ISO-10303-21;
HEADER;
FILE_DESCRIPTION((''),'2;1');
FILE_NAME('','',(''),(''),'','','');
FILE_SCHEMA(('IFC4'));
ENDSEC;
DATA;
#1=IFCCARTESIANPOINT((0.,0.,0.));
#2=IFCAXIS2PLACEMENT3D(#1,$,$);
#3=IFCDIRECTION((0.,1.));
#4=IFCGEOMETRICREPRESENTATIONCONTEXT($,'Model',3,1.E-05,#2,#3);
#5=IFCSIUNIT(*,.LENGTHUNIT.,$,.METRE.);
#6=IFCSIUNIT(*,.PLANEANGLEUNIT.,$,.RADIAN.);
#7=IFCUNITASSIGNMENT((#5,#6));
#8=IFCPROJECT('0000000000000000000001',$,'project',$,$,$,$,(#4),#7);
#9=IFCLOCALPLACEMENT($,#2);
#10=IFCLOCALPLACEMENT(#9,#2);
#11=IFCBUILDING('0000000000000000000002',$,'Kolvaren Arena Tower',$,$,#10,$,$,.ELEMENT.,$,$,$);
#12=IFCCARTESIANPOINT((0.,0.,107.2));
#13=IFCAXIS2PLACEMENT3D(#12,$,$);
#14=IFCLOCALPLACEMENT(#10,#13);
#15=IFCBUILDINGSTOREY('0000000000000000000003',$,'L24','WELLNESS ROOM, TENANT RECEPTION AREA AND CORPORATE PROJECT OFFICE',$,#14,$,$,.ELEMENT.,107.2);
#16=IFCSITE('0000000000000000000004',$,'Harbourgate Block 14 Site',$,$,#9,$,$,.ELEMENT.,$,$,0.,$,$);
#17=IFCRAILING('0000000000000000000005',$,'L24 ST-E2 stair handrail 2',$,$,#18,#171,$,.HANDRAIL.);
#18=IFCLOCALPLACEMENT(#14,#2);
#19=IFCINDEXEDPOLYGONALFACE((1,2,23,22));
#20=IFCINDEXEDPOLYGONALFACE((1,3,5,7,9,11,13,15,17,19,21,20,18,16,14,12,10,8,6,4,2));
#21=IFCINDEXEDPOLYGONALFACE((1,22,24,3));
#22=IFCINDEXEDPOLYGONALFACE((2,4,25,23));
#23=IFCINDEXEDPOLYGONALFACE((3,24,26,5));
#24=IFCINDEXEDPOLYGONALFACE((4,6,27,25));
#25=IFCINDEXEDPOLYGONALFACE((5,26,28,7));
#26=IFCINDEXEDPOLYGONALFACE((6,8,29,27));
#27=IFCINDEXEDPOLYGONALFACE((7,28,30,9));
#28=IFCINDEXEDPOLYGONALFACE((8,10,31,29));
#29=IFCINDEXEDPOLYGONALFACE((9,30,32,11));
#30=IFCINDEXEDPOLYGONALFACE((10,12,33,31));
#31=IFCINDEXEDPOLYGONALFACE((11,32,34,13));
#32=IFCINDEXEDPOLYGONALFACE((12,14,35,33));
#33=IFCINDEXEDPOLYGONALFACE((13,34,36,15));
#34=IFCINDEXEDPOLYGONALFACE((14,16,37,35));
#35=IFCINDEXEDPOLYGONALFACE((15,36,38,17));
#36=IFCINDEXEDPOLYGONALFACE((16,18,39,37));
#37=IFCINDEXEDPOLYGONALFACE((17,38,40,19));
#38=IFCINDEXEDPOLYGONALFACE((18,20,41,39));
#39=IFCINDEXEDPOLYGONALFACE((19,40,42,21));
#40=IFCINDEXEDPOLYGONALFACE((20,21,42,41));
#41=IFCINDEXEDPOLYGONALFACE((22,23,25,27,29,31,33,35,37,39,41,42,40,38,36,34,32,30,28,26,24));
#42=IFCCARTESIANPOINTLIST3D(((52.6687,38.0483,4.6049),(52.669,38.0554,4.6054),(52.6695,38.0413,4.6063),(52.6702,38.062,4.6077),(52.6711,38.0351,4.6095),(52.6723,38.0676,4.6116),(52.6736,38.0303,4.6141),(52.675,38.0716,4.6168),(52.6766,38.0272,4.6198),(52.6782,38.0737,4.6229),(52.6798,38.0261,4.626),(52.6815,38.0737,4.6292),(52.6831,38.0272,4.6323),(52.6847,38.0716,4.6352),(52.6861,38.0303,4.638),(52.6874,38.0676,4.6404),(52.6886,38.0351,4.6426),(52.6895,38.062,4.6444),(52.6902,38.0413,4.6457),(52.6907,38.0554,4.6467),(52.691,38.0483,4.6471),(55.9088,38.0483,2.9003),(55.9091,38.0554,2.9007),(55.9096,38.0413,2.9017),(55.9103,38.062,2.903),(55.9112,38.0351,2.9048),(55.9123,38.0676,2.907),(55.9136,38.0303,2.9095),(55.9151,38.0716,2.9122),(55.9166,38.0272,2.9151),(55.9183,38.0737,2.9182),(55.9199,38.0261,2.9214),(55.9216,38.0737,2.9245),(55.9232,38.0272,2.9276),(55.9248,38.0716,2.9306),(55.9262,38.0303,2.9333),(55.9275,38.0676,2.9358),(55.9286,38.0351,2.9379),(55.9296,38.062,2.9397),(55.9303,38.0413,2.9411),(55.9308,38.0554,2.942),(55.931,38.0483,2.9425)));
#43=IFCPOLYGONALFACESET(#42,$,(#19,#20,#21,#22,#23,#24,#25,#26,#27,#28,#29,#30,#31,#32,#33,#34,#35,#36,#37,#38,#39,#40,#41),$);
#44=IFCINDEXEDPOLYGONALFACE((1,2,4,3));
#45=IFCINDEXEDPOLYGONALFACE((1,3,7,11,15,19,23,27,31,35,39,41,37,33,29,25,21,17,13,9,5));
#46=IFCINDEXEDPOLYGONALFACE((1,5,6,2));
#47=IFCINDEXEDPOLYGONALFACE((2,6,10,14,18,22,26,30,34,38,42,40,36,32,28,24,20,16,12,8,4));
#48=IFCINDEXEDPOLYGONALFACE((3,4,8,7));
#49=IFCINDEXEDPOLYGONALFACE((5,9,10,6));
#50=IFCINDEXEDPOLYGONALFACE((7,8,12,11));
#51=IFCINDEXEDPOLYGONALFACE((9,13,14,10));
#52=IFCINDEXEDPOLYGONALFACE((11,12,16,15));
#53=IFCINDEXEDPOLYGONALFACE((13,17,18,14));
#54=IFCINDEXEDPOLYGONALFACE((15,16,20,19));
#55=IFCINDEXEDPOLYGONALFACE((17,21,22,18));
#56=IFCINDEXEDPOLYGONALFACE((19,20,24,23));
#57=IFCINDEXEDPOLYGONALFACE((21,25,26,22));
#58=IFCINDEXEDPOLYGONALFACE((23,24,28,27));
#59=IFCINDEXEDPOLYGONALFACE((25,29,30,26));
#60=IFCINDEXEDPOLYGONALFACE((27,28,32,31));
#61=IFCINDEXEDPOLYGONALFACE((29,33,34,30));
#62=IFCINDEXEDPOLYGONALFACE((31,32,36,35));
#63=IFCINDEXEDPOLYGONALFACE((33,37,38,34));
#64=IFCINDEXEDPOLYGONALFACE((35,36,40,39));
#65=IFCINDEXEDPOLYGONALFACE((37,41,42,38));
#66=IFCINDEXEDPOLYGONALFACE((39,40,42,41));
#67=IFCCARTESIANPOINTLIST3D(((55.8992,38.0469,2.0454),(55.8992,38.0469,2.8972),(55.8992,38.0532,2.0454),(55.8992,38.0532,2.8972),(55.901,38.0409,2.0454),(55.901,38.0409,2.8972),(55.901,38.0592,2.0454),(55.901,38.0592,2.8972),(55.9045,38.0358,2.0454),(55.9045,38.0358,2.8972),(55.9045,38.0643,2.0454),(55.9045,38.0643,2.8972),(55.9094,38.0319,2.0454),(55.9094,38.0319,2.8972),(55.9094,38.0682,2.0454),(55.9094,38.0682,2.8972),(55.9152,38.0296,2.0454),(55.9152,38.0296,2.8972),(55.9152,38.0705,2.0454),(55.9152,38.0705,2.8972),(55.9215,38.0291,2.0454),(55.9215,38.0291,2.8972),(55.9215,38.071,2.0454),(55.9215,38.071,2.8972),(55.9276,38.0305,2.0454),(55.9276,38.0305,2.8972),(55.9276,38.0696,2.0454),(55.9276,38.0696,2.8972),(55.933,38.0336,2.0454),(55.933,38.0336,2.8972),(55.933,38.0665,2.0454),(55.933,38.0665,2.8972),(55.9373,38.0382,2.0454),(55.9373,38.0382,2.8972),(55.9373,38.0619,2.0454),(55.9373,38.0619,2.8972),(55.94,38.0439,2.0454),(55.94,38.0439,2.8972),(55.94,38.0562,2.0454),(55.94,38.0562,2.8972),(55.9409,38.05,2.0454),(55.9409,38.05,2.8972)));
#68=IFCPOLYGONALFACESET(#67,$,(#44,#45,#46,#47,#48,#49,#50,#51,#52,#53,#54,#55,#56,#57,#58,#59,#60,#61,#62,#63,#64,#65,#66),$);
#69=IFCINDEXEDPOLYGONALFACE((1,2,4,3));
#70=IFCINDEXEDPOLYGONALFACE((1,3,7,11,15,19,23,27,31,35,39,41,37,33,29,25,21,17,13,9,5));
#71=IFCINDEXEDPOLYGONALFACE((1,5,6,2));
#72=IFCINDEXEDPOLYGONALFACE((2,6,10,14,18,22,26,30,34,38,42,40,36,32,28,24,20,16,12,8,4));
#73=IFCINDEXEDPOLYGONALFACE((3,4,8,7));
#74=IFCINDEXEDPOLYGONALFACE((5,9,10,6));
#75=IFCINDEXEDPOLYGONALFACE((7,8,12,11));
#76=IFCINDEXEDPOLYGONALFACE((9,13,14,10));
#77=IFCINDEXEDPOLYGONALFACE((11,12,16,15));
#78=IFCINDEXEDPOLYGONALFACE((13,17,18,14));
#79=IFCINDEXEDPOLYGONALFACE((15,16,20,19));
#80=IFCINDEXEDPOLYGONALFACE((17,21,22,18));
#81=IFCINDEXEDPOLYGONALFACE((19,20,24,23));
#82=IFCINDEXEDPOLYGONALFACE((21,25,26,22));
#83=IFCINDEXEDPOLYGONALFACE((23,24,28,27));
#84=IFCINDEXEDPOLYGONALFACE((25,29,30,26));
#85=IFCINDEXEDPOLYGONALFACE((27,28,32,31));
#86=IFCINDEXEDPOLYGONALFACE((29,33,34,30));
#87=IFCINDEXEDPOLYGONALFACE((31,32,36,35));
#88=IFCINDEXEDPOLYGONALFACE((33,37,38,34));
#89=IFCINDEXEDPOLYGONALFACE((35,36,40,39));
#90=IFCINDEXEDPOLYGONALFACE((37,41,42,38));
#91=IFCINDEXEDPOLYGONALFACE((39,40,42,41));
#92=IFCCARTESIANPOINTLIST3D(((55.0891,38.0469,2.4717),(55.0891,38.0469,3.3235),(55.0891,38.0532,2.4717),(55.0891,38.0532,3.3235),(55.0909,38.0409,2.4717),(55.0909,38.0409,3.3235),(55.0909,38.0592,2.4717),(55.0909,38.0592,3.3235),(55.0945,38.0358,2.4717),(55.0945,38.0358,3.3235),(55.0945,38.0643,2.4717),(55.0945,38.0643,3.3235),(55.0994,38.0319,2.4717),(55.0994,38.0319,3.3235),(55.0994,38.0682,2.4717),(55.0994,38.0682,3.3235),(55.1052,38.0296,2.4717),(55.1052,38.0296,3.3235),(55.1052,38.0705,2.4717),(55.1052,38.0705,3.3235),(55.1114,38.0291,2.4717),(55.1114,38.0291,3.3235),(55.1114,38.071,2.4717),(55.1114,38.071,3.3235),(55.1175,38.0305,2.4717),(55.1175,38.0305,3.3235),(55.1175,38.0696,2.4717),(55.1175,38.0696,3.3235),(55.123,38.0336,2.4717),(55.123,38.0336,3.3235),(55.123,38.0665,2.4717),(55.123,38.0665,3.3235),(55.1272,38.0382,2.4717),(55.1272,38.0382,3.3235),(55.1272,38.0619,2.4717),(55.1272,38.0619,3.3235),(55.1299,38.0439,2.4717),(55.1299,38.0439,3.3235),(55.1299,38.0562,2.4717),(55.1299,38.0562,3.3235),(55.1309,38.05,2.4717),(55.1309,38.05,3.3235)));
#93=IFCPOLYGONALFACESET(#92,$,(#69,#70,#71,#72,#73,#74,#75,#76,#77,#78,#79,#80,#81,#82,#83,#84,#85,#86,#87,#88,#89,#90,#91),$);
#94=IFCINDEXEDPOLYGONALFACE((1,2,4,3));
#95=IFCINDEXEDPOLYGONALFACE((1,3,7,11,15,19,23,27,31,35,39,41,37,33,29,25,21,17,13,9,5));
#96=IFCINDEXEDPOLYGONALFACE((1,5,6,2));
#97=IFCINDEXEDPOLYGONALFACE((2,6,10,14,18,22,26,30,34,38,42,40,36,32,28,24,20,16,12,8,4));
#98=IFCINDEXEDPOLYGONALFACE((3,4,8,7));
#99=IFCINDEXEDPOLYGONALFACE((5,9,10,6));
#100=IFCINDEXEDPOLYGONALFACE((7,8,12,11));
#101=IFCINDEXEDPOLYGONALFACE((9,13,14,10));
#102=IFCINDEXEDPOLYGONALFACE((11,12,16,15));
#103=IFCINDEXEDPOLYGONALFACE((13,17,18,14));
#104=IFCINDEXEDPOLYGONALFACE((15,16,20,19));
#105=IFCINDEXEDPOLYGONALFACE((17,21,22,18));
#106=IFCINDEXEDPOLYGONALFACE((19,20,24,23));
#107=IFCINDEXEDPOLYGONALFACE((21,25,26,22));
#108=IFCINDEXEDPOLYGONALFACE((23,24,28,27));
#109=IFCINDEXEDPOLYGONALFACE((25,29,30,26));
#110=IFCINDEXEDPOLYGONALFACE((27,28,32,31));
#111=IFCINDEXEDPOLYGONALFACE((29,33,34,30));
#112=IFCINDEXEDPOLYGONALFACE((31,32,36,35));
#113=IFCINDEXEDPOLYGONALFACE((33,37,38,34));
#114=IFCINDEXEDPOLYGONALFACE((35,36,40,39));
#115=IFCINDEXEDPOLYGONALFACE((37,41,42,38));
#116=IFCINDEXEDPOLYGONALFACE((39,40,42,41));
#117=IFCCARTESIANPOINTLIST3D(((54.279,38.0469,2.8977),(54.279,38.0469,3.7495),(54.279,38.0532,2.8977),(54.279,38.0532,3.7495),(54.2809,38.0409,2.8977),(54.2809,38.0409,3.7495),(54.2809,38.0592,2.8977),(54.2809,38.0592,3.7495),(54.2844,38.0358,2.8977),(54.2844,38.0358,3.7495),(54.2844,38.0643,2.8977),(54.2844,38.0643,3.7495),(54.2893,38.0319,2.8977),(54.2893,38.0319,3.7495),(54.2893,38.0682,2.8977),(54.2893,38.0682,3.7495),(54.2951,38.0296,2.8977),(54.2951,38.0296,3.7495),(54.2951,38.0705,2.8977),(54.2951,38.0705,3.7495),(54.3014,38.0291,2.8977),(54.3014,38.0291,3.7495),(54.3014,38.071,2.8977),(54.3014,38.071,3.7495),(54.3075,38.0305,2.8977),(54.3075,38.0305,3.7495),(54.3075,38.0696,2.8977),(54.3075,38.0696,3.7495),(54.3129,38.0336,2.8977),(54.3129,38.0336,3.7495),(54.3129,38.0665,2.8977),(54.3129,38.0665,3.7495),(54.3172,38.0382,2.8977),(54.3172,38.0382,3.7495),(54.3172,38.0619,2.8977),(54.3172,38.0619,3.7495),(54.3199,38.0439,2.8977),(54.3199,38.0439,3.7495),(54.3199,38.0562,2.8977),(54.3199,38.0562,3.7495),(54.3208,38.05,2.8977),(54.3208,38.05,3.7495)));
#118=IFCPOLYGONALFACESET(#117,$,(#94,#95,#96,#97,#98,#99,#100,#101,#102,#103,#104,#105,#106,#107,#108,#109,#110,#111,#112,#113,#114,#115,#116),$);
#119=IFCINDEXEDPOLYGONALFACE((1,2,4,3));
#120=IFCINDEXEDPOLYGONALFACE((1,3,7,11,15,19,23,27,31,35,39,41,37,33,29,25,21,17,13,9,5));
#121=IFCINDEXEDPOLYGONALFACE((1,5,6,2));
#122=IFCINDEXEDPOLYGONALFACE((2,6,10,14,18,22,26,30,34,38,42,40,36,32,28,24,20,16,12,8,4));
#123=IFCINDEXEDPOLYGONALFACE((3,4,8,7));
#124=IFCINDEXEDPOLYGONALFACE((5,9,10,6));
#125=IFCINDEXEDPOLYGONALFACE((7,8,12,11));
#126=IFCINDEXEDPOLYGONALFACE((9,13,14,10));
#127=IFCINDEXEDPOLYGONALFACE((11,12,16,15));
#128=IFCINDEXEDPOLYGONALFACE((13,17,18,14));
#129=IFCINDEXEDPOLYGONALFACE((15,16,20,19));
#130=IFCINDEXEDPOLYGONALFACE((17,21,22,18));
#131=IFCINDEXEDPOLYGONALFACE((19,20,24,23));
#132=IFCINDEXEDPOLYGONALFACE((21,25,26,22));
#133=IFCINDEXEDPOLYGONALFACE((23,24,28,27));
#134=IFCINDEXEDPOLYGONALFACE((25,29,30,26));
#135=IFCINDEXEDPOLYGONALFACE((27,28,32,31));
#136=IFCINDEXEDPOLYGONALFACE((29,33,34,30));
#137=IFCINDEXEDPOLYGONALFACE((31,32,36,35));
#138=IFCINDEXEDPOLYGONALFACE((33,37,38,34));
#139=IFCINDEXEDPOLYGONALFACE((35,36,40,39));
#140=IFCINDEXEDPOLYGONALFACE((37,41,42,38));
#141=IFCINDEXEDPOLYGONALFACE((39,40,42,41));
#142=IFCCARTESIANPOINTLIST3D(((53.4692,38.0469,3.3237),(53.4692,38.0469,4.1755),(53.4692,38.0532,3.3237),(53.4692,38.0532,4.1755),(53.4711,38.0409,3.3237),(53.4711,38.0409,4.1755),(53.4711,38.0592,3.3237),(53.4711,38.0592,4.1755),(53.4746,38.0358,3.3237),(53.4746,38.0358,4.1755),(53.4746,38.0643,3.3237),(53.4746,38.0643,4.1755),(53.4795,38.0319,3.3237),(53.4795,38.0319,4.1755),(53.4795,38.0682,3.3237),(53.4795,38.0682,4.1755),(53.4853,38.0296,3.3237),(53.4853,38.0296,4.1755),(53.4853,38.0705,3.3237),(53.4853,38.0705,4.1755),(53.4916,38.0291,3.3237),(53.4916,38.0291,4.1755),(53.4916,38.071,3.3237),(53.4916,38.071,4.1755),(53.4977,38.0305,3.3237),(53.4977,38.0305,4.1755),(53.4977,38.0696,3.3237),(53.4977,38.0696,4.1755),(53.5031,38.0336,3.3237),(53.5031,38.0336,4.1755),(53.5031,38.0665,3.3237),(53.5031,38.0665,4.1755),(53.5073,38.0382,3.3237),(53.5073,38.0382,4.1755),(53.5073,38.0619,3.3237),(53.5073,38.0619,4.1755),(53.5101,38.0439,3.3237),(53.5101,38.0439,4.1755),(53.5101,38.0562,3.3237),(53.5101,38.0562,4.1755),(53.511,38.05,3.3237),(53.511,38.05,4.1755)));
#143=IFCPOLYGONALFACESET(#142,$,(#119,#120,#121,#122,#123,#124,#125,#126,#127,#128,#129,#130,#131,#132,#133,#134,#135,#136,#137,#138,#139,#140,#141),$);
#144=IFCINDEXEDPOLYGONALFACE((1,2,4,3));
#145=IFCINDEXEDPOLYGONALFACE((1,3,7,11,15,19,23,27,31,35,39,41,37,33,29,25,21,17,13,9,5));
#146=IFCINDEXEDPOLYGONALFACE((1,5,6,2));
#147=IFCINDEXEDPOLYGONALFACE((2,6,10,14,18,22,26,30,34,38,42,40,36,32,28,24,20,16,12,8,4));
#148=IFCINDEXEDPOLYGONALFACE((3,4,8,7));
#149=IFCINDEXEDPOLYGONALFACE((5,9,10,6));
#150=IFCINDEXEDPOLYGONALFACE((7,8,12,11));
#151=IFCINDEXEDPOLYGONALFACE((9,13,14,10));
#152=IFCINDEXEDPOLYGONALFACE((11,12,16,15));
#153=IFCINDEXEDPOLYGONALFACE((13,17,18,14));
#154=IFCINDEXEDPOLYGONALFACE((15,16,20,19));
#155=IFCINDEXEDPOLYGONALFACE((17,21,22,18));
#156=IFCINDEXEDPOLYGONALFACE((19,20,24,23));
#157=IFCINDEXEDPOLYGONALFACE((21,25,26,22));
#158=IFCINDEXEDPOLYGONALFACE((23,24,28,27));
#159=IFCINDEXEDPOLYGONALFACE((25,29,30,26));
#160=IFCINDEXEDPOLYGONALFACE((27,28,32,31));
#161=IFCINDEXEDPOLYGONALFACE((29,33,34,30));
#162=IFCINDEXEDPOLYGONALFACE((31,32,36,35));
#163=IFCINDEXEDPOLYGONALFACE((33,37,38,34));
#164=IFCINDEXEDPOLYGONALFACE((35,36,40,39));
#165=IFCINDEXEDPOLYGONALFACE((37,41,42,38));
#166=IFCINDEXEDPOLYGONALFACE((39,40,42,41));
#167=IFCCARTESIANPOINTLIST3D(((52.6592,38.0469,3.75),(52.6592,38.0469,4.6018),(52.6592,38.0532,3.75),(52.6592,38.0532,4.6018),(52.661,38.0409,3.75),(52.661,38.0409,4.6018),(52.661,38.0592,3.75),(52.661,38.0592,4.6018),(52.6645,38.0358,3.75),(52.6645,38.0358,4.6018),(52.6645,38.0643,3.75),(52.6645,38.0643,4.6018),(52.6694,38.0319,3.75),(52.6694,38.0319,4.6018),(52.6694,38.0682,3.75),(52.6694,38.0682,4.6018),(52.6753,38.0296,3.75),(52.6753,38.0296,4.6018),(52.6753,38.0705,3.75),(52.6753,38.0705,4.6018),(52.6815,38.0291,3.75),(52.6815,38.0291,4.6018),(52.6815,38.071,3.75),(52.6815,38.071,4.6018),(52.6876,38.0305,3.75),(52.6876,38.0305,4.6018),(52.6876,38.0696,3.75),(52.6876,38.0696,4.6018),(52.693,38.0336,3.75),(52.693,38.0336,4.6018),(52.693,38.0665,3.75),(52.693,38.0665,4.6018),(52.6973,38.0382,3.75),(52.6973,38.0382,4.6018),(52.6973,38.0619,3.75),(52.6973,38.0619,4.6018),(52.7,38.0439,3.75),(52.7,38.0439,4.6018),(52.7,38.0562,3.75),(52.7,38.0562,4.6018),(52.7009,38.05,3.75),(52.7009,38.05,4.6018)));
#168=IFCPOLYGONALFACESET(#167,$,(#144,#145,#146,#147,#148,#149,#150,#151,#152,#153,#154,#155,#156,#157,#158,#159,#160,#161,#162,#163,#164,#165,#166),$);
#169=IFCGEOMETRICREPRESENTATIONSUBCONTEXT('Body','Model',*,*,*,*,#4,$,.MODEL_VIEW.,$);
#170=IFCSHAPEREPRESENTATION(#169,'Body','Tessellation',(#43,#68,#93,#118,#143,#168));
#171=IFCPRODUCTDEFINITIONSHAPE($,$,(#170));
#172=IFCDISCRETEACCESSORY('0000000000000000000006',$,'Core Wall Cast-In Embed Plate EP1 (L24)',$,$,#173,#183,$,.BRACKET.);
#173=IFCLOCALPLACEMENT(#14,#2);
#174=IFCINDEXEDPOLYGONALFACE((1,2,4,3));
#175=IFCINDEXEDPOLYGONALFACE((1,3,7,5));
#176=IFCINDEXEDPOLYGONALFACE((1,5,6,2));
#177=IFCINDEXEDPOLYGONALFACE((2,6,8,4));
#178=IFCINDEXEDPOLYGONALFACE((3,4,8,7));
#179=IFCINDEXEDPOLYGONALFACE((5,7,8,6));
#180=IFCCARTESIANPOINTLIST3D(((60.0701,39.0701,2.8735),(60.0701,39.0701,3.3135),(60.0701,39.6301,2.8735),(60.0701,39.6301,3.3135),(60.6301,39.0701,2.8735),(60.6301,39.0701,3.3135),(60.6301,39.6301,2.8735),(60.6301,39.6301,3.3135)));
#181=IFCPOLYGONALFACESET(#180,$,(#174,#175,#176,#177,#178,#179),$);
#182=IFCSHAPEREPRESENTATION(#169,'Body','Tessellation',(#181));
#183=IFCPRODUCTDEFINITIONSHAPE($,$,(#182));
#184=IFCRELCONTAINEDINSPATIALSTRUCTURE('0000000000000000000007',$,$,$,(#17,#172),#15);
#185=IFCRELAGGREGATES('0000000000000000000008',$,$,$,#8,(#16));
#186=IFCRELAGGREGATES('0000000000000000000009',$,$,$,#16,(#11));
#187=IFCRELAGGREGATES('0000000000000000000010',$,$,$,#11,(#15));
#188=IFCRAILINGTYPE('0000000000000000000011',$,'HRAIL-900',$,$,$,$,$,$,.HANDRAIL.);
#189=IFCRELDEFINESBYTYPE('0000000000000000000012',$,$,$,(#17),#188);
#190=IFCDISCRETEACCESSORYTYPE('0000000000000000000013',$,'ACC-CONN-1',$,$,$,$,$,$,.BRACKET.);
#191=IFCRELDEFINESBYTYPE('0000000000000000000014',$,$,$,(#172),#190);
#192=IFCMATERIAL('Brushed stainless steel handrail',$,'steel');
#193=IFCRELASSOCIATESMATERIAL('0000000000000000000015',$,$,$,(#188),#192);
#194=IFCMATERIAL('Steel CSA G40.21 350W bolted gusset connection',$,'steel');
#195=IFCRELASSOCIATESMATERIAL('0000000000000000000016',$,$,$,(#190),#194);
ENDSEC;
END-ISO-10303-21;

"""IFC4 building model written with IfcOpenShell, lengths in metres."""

from ifc_helpers import new_model, si_unit, direction, frame, origin, origin_2d, place, context, subcontext, project, spatial, rectangle, circle, extrude, material, type_object, element, save


model = new_model("IFC4")

# Units and contexts
model_context = context("Model", 3, precision=1e-05, world=origin(), true_north=direction((0.0, 1.0)))
body_context = subcontext(model_context, "Body", "Model", "MODEL_VIEW")
ifc_project = project(units=[si_unit("LENGTHUNIT", "METRE"), si_unit("PLANEANGLEUNIT", "RADIAN")], contexts=[model_context])

# Site, building, storey
site_placement = place(None, origin())
site = spatial("IfcSite", under=ifc_project, at=site_placement, Name="Harbourgate Block 14 Site", CompositionType="ELEMENT", RefElevation=0.0)
building_placement = place(site_placement, origin())
building = spatial("IfcBuilding", under=site, at=building_placement, Name="Kolvaren Arena Tower", CompositionType="ELEMENT")
storey_placement = place(building_placement, frame((0.0, 0.0, 107.2)))
storey = spatial("IfcBuildingStorey", under=building, at=storey_placement, Name="L24", Description="WELLNESS ROOM, TENANT RECEPTION AREA AND CORPORATE PROJECT OFFICE", CompositionType="ELEMENT", Elevation=107.2)

# Railing
ifc_material_1 = material(Name="Brushed stainless steel handrail", Category="steel")
railing_type_1 = type_object("IfcRailingType", Name="HRAIL-900", PredefinedType="HANDRAIL", material=ifc_material_1)
for number, where, name in (
    (1, (55.9199, 38.05, 2.0454), "L24 ST-E2 stair handrail 2"),
):
    element("IfcRailing", number, at=place(storey_placement, frame(where)), inside=storey, type_object=railing_type_1, Name=name, PredefinedType="HANDRAIL", context=body_context, shape_type="SweptSolid", body=[
        extrude(circle(Radius=0.0239, at=origin_2d()), frame((0.0, 0.0, 0.876), z_axis=(-0.884993, 0.0, 0.465604), x_axis=(0.0, -1.0, 0.0)), (0.0, 0.0, 1.0), 3.6611),
        extrude(circle(Radius=0.021, at=origin_2d()), origin(), (0.0, 0.0, 1.0), 0.8518),
        extrude(circle(Radius=0.021, at=origin_2d()), frame((-0.8101, 0.0, 0.4263)), (0.0, 0.0, 1.0), 0.8518),
        extrude(circle(Radius=0.021, at=origin_2d()), frame((-1.6201, 0.0, 0.8523)), (0.0, 0.0, 1.0), 0.8518),
        extrude(circle(Radius=0.021, at=origin_2d()), frame((-2.4299, 0.0, 1.2783)), (0.0, 0.0, 1.0), 0.8518),
        extrude(circle(Radius=0.021, at=origin_2d()), frame((-3.24, 0.0, 1.7046)), (0.0, 0.0, 1.0), 0.8518),
    ])

# Discrete accessory
ifc_material_2 = material(Name="Steel CSA G40.21 350W bolted gusset connection", Category="steel")
discrete_accessory_type = type_object("IfcDiscreteAccessoryType", Name="ACC-CONN-1", PredefinedType="BRACKET", material=ifc_material_2)
discrete_accessory_placement = place(storey_placement, frame((60.3501, 39.3501, 2.8735), z_axis=(0.0, 0.0, 1.0), x_axis=(1.0, 0.0, 0.0)))
element("IfcDiscreteAccessory", 2, at=discrete_accessory_placement, inside=storey, type_object=discrete_accessory_type, Name="Core Wall Cast-In Embed Plate EP1 (L24)", PredefinedType="BRACKET", context=body_context, shape_type="SweptSolid", body=[
    extrude(rectangle(XDim=0.5601, YDim=0.5601, at=origin_2d()), origin(), (0.0, 0.0, 1.0), 0.4399),
])

save(model, "model.ifc")
